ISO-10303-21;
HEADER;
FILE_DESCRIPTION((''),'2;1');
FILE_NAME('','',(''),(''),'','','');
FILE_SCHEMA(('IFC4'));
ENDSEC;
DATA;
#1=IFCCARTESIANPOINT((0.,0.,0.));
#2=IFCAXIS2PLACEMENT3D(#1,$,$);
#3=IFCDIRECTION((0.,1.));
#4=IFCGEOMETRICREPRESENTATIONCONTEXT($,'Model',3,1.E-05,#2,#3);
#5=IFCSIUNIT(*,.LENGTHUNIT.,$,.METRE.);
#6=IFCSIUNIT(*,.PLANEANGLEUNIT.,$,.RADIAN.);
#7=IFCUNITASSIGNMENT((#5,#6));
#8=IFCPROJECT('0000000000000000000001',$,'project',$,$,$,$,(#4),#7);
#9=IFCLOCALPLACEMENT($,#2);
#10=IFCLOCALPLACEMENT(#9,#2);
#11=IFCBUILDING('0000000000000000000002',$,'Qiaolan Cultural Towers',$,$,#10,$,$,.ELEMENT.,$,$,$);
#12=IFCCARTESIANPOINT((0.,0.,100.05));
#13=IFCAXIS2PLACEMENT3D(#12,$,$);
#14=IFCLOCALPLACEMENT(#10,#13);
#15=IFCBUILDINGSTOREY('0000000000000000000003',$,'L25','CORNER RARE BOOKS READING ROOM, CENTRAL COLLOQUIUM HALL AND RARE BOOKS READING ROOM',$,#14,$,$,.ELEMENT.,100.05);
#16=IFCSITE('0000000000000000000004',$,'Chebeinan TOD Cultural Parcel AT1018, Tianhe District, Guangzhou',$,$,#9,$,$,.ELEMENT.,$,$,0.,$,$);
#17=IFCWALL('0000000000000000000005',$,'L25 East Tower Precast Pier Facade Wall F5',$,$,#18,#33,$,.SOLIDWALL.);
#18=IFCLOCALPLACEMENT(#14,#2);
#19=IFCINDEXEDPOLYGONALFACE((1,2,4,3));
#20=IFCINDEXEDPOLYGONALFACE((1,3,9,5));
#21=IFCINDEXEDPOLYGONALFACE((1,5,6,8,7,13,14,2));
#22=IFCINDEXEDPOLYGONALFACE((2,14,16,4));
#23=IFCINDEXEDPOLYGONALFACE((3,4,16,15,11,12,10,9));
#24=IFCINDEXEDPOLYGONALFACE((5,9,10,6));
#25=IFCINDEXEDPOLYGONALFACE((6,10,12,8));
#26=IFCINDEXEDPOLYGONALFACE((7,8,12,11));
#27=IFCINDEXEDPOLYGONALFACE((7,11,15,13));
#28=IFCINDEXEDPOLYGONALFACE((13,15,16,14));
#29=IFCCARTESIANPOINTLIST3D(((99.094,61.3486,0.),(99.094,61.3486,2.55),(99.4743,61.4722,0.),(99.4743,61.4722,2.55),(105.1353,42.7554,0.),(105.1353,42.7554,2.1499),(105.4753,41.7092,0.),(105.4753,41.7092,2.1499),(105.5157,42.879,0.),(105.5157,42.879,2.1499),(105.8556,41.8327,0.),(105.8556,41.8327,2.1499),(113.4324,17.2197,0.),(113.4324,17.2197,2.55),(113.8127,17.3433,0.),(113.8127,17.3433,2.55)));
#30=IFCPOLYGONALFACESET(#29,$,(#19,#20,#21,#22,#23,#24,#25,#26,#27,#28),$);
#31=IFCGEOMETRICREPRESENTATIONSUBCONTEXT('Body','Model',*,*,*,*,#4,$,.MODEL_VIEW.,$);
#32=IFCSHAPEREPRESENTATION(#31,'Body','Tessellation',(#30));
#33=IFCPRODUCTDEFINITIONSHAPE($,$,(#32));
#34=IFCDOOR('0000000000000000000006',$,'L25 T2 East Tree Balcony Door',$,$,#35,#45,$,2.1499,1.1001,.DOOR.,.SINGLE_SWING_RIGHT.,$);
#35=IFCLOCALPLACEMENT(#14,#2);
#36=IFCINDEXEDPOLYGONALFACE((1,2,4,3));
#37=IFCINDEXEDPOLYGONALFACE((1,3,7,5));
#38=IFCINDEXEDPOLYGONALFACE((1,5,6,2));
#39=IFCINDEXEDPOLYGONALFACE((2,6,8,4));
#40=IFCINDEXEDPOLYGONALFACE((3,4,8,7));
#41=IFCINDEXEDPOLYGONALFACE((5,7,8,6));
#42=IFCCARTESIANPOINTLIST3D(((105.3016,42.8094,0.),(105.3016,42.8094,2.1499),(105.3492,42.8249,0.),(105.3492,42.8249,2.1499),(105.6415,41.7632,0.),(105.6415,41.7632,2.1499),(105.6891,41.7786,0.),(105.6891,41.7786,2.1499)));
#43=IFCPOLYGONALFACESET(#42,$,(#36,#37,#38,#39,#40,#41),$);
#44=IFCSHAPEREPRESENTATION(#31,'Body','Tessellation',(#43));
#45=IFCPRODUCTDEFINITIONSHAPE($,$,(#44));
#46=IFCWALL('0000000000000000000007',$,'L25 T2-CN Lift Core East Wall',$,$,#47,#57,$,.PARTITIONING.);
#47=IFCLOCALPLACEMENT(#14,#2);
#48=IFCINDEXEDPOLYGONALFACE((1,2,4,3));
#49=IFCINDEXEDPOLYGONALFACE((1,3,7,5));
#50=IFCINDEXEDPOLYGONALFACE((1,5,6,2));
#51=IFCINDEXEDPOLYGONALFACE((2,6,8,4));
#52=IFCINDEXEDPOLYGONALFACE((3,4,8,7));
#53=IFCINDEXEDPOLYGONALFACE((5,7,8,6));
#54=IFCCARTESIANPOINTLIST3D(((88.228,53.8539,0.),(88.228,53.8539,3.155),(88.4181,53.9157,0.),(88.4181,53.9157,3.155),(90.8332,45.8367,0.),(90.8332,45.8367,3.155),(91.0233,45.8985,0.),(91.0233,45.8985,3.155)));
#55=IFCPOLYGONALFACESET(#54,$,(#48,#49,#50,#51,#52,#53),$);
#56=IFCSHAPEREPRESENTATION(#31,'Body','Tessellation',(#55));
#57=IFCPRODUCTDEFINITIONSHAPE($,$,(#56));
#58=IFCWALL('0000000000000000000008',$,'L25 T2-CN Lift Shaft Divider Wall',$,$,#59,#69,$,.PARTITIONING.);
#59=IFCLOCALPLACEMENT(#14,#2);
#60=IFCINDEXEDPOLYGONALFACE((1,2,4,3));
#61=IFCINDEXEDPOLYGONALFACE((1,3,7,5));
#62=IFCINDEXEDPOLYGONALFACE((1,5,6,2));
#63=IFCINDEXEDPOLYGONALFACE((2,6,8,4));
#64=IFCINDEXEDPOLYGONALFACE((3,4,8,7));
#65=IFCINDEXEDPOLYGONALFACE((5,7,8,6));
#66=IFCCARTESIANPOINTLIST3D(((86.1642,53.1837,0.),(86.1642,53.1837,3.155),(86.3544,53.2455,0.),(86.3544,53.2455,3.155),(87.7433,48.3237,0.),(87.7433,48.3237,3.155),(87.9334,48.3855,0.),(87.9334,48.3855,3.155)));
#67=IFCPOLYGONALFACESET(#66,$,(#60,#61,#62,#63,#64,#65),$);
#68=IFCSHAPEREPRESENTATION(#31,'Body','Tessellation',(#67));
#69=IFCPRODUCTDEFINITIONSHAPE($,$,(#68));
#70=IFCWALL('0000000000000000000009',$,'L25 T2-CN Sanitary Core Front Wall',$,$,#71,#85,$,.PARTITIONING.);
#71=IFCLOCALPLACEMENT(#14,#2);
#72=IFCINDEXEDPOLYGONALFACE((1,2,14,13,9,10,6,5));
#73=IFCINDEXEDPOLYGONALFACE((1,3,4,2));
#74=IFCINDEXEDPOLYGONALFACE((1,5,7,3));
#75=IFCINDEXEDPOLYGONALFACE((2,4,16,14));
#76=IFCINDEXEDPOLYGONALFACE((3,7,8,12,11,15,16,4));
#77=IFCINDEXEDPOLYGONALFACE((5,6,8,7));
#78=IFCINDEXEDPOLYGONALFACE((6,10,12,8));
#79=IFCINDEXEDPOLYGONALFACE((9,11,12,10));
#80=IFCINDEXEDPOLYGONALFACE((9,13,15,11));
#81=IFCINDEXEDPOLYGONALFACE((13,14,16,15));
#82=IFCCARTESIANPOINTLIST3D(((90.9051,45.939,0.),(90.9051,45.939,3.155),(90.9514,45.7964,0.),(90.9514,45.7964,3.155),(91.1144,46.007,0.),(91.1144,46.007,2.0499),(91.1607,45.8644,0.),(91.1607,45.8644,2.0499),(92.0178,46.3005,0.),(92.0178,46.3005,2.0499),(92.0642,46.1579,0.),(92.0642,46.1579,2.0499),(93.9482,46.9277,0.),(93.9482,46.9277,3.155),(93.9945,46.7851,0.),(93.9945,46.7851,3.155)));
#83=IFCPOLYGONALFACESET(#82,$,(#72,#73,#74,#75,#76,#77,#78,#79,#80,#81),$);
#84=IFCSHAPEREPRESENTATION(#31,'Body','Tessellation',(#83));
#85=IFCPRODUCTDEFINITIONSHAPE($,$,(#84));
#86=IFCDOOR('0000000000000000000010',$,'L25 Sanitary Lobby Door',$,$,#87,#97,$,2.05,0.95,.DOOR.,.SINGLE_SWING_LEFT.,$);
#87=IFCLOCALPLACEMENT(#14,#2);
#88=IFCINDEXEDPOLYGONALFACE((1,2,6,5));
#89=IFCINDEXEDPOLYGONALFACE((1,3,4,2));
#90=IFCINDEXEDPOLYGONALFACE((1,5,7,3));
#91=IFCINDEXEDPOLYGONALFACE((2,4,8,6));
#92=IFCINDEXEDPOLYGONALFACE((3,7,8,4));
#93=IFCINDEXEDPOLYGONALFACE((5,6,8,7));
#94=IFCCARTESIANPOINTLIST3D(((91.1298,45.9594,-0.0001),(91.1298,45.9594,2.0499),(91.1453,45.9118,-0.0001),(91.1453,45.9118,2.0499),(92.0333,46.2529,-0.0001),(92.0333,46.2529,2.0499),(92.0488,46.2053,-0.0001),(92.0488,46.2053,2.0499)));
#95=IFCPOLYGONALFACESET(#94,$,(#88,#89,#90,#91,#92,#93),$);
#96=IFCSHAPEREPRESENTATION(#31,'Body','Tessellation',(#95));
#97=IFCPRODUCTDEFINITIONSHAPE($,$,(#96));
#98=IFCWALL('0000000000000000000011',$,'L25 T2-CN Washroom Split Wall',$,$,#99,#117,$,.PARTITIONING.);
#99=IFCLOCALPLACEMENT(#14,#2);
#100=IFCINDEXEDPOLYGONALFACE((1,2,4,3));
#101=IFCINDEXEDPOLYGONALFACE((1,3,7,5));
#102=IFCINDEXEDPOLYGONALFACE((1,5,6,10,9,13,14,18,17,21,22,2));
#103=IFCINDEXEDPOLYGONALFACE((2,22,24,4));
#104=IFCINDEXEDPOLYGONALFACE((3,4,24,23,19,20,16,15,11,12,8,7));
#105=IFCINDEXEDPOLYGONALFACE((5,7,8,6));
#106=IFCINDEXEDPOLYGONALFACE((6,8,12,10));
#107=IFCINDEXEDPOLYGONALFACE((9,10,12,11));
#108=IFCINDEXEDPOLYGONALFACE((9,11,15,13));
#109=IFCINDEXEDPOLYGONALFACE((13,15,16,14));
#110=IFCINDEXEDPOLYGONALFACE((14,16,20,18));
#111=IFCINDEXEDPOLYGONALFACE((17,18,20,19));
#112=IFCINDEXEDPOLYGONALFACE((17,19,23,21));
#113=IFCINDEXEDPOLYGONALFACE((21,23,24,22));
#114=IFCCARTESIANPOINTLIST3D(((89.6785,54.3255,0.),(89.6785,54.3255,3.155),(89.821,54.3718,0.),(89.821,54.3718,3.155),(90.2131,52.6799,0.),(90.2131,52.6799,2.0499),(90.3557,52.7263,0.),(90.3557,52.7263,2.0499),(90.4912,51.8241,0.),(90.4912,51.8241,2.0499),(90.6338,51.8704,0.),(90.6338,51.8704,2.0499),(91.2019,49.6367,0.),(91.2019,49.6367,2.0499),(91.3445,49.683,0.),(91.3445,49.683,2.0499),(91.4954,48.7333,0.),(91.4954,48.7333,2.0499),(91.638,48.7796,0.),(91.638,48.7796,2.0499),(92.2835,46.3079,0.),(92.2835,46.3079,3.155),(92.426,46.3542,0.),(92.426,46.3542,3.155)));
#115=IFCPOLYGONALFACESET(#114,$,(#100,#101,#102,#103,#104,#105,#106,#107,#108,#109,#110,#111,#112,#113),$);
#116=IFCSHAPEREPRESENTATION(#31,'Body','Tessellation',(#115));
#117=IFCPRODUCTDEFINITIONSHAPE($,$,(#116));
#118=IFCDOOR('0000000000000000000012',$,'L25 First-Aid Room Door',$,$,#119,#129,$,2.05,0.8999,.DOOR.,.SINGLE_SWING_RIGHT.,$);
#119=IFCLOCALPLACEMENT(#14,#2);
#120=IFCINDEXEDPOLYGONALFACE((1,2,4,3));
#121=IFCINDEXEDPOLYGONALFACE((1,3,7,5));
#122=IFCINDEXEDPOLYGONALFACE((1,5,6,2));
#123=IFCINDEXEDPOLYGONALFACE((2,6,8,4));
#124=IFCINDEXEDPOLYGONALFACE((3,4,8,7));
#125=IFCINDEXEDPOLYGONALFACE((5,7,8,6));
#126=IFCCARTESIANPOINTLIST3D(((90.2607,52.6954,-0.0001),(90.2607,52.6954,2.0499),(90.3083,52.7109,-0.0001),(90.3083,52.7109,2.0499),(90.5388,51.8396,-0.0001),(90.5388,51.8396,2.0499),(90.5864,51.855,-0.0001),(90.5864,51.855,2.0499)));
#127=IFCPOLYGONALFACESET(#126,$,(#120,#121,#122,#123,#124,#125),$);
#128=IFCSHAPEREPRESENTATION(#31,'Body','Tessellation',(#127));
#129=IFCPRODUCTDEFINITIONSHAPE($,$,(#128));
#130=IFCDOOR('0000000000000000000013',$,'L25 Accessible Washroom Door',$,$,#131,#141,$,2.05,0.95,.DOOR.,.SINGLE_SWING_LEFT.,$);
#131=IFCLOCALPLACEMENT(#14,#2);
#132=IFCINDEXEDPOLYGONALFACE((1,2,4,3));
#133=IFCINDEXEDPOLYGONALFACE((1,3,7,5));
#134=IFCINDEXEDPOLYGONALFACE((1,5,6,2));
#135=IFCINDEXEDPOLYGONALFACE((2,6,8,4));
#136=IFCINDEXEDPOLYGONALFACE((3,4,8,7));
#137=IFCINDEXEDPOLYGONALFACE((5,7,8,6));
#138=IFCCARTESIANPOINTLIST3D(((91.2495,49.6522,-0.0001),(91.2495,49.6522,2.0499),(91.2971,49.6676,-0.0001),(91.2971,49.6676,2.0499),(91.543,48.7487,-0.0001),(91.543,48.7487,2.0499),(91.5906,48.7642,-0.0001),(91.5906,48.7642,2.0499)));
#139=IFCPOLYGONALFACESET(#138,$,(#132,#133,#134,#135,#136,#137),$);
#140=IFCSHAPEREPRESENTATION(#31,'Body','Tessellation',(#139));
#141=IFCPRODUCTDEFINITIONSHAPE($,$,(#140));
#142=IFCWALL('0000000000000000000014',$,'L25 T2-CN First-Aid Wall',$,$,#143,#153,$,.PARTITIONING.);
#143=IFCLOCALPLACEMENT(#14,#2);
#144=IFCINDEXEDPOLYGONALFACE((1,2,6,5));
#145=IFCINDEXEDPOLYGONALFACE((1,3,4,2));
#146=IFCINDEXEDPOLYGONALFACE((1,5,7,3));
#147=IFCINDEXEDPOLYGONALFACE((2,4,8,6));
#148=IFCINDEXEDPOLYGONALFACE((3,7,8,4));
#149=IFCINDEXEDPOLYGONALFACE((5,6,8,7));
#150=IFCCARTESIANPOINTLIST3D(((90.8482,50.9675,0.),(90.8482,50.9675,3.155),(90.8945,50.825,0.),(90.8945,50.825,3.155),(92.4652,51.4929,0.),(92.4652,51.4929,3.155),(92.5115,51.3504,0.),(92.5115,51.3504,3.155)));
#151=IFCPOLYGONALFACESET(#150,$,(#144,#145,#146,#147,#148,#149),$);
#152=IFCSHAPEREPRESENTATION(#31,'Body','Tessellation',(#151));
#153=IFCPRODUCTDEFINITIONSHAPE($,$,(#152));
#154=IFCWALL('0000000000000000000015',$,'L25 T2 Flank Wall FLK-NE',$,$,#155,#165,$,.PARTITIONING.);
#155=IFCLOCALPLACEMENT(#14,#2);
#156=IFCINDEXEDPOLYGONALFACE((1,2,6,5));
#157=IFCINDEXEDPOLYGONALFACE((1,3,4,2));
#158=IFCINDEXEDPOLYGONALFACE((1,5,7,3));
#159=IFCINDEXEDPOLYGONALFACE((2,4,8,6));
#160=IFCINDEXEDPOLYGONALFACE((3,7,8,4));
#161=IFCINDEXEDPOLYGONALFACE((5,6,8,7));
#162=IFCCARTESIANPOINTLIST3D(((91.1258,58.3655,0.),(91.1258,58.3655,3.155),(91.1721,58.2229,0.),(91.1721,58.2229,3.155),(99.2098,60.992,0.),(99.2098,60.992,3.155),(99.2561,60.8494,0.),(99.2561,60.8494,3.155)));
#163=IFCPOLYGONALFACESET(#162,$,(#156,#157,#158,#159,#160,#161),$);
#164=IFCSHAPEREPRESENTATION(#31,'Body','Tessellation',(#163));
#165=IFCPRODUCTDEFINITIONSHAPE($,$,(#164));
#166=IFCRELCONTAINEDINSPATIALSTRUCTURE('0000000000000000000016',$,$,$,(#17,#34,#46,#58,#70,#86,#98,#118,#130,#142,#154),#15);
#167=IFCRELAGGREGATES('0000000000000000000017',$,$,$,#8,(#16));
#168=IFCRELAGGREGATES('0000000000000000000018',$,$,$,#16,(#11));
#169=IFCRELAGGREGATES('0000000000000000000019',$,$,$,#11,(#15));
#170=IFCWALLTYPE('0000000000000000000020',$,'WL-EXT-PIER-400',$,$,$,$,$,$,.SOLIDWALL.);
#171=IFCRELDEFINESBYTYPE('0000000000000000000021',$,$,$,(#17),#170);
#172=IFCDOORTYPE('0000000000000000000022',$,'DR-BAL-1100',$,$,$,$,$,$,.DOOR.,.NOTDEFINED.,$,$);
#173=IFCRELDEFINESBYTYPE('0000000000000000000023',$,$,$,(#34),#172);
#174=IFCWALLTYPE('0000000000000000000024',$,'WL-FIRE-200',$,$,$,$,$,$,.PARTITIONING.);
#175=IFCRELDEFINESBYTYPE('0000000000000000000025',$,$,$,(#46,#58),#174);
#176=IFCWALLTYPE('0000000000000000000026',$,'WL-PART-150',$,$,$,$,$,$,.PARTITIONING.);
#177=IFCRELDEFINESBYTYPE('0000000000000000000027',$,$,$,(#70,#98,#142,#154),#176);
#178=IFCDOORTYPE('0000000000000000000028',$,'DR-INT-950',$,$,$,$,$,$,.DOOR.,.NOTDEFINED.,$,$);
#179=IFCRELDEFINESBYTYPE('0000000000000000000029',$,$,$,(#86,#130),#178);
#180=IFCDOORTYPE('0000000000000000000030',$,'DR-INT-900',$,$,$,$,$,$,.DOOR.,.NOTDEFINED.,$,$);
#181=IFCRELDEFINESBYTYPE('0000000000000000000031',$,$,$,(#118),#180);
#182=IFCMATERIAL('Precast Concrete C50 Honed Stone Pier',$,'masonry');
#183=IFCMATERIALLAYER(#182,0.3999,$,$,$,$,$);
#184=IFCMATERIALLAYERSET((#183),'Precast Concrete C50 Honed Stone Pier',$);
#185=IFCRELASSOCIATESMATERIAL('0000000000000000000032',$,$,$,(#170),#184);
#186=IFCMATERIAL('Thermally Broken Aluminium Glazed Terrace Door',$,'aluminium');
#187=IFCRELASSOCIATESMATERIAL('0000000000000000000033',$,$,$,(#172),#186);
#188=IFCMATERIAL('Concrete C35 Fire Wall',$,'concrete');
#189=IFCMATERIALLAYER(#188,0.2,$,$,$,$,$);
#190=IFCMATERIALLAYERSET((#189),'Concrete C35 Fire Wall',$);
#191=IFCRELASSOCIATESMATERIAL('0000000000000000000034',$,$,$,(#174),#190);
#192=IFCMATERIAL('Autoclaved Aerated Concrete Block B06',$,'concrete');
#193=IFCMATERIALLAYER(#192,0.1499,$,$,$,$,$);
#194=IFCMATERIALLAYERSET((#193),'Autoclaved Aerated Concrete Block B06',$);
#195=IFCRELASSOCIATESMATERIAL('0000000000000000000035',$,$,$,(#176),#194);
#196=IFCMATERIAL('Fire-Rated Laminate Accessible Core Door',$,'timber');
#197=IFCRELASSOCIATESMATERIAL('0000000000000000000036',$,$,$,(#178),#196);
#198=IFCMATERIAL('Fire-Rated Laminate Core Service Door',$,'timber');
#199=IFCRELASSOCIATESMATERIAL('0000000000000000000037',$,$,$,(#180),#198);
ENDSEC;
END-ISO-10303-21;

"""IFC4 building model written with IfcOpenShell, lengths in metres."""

from ifc_helpers import new_model, si_unit, direction, frame, frame_2d, origin, place, context, subcontext, project, spatial, rectangle, extrude, material, layer, layer_set, type_object, element, fill, save


model = new_model("IFC4")

# Units and contexts
model_context = context("Model", 3, precision=1e-05, world=origin(), true_north=direction((0.0, 1.0)))
body_context = subcontext(model_context, "Body", "Model", "MODEL_VIEW")
ifc_project = project(units=[si_unit("LENGTHUNIT", "METRE"), si_unit("PLANEANGLEUNIT", "RADIAN")], contexts=[model_context])

# Site, building, storey
site_placement = place(None, origin())
site = spatial("IfcSite", under=ifc_project, at=site_placement, Name="Chebeinan TOD Cultural Parcel AT1018, Tianhe District, Guangzhou", CompositionType="ELEMENT", RefElevation=0.0)
building_placement = place(site_placement, origin())
building = spatial("IfcBuilding", under=site, at=building_placement, Name="Qiaolan Cultural Towers", CompositionType="ELEMENT")
storey_placement = place(building_placement, frame((0.0, 0.0, 100.05)))
storey = spatial("IfcBuildingStorey", under=building, at=storey_placement, Name="L25", Description="CORNER RARE BOOKS READING ROOM, CENTRAL COLLOQUIUM HALL AND RARE BOOKS READING ROOM", CompositionType="ELEMENT", Elevation=100.05)

# Shared definitions
ifc_material_1 = material(Name="Precast Concrete C50 Honed Stone Pier", Category="masonry")
ifc_layer_1 = layer(ifc_material_1, 0.3999)
ifc_layer_set_1 = layer_set([ifc_layer_1], Name="Precast Concrete C50 Honed Stone Pier")
wall_type_1 = type_object("IfcWallType", Name="WL-EXT-PIER-400", PredefinedType="SOLIDWALL", material=ifc_layer_set_1)

# Wall, opening, door
wall_1_placement = place(storey_placement, frame((99.2842, 61.4104, 0.0), z_axis=(0.0, 0.0, 1.0), x_axis=(0.309018, -0.951056, 0.0)))
wall_1 = element("IfcWall", 1, at=wall_1_placement, inside=storey, type_object=wall_type_1, Name="L25 East Tower Precast Pier Facade Wall F5", PredefinedType="SOLIDWALL", context=body_context, shape_type="SweptSolid", body=[
    extrude(rectangle(XDim=46.3999, YDim=0.3999, at=frame_2d((23.2, 0.0))), origin(), (0.0, 0.0, 1.0), 2.55),
])
opening_1_placement = place(wall_1_placement, frame((19.55, 0.0, 0.0)))
opening_1 = element("IfcOpeningElement", 2, at=opening_1_placement, cuts=wall_1, PredefinedType="OPENING", context=body_context, shape_type="SweptSolid", body=[
    extrude(rectangle(XDim=1.1001, YDim=2.1499, at=frame_2d((0.55, 1.075))), frame((0.0, 0.21, 0.0), z_axis=(0.0, -1.0, 0.0), x_axis=(1.0, 0.0, 0.0)), (0.0, 0.0, 1.0), 0.4199),
])
ifc_material_2 = material(Name="Thermally Broken Aluminium Glazed Terrace Door", Category="aluminium")
door_type_1 = type_object("IfcDoorType", Name="DR-BAL-1100", OperationType="NOTDEFINED", PredefinedType="DOOR", material=ifc_material_2)
door_1_placement = place(opening_1_placement, origin())
door_1 = element("IfcDoor", 3, at=door_1_placement, inside=storey, type_object=door_type_1, Name="L25 T2 East Tree Balcony Door", OperationType="SINGLE_SWING_RIGHT", OverallHeight=2.1499, OverallWidth=1.1001, PredefinedType="DOOR", context=body_context, shape_type="SweptSolid", body=[
    extrude(rectangle(XDim=1.1001, YDim=2.1499, at=frame_2d((0.55, 1.075))), frame((0.0, 0.0249, 0.0), z_axis=(0.0, -1.0, 0.0), x_axis=(1.0, 0.0, 0.0)), (0.0, 0.0, 1.0), 0.05),
])
fill(opening_1, door_1)

# Walls
ifc_material_3 = material(Name="Concrete C35 Fire Wall", Category="concrete")
ifc_layer_2 = layer(ifc_material_3, 0.2)
ifc_layer_set_2 = layer_set([ifc_layer_2], Name="Concrete C35 Fire Wall")
wall_type_2 = type_object("IfcWallType", Name="WL-FIRE-200", PredefinedType="PARTITIONING", material=ifc_layer_set_2)
wall_2_placement = place(storey_placement, frame((90.9282, 45.8677, 0.0), z_axis=(0.0, 0.0, 1.0), x_axis=(-0.309042, 0.951048, 0.0)))
element("IfcWall", 4, at=wall_2_placement, inside=storey, type_object=wall_type_2, Name="L25 T2-CN Lift Core East Wall", PredefinedType="PARTITIONING", context=body_context, shape_type="SweptSolid", body=[
    extrude(rectangle(XDim=8.4299, YDim=0.2, at=frame_2d((4.2148, 0.0))), origin(), (0.0, 0.0, 1.0), 3.155),
])
wall_3_placement = place(storey_placement, frame((87.8384, 48.3545, 0.0), z_axis=(0.0, 0.0, 1.0), x_axis=(-0.309009, 0.951059, 0.0)))
element("IfcWall", 5, at=wall_3_placement, inside=storey, type_object=wall_type_2, Name="L25 T2-CN Lift Shaft Divider Wall", PredefinedType="PARTITIONING", context=body_context, shape_type="SweptSolid", body=[
    extrude(rectangle(XDim=5.1101, YDim=0.2, at=frame_2d((2.5552, 0.0))), origin(), (0.0, 0.0, 1.0), 3.155),
])

# Wall, opening, door
ifc_material_4 = material(Name="Autoclaved Aerated Concrete Block B06", Category="concrete")
ifc_layer_3 = layer(ifc_material_4, 0.1499)
ifc_layer_set_3 = layer_set([ifc_layer_3], Name="Autoclaved Aerated Concrete Block B06")
wall_type_3 = type_object("IfcWallType", Name="WL-PART-150", PredefinedType="PARTITIONING", material=ifc_layer_set_3)
wall_4_placement = place(storey_placement, frame((90.9282, 45.8677, 0.0), z_axis=(0.0, 0.0, 1.0), x_axis=(0.951059, 0.309008, 0.0)))
wall_4 = element("IfcWall", 6, at=wall_4_placement, inside=storey, type_object=wall_type_3, Name="L25 T2-CN Sanitary Core Front Wall", PredefinedType="PARTITIONING", context=body_context, shape_type="SweptSolid", body=[
    extrude(rectangle(XDim=3.1997, YDim=0.1499, at=frame_2d((1.5999, 0.0))), origin(), (0.0, 0.0, 1.0), 3.155),
])
opening_2_placement = place(wall_4_placement, frame((0.22, 0.0, 0.0)))
opening_2 = element("IfcOpeningElement", 7, at=opening_2_placement, cuts=wall_4, PredefinedType="OPENING", context=body_context, shape_type="SweptSolid", body=[
    extrude(rectangle(XDim=0.95, YDim=2.05, at=frame_2d((0.4751, 1.0249))), frame((0.0, 0.085, 0.0), z_axis=(0.0, -1.0, 0.0), x_axis=(1.0, 0.0, 0.0)), (0.0, 0.0, 1.0), 0.1699),
])
ifc_material_5 = material(Name="Fire-Rated Laminate Accessible Core Door", Category="timber")
door_type_2 = type_object("IfcDoorType", Name="DR-INT-950", OperationType="NOTDEFINED", PredefinedType="DOOR", material=ifc_material_5)
door_2_placement = place(opening_2_placement, origin())
door_2 = element("IfcDoor", 8, at=door_2_placement, inside=storey, type_object=door_type_2, Name="L25 Sanitary Lobby Door", OperationType="SINGLE_SWING_LEFT", OverallHeight=2.05, OverallWidth=0.95, PredefinedType="DOOR", context=body_context, shape_type="SweptSolid", body=[
    extrude(rectangle(XDim=0.95, YDim=2.05, at=frame_2d((0.4751, 1.0249))), frame((0.0, 0.0249, 0.0), z_axis=(0.0, -1.0, 0.0), x_axis=(1.0, 0.0, 0.0)), (0.0, 0.0, 1.0), 0.05),
])
fill(opening_2, door_2)

# Wall, openings, doors
wall_5_placement = place(storey_placement, frame((92.3547, 46.3311, 0.0), z_axis=(0.0, 0.0, 1.0), x_axis=(-0.309007, 0.95106, 0.0)))
wall_5 = element("IfcWall", 9, at=wall_5_placement, inside=storey, type_object=wall_type_3, Name="L25 T2-CN Washroom Split Wall", PredefinedType="PARTITIONING", context=body_context, shape_type="SweptSolid", body=[
    extrude(rectangle(XDim=8.4302, YDim=0.1499, at=frame_2d((4.2151, 0.0))), origin(), (0.0, 0.0, 1.0), 3.155),
])
opening_3_placement = place(wall_5_placement, frame((2.55, 0.0, 0.0)))
opening_3 = element("IfcOpeningElement", 10, at=opening_3_placement, cuts=wall_5, PredefinedType="OPENING", context=body_context, shape_type="SweptSolid", body=[
    extrude(rectangle(XDim=0.95, YDim=2.05, at=frame_2d((0.4751, 1.0249))), frame((0.0, 0.085, 0.0), z_axis=(0.0, -1.0, 0.0), x_axis=(1.0, 0.0, 0.0)), (0.0, 0.0, 1.0), 0.1699),
])
opening_4_placement = place(wall_5_placement, frame((5.8, 0.0, 0.0)))
opening_4 = element("IfcOpeningElement", 11, at=opening_4_placement, cuts=wall_5, PredefinedType="OPENING", context=body_context, shape_type="SweptSolid", body=[
    extrude(rectangle(XDim=0.8999, YDim=2.05, at=frame_2d((0.45, 1.0249))), frame((0.0, 0.085, 0.0), z_axis=(0.0, -1.0, 0.0), x_axis=(1.0, 0.0, 0.0)), (0.0, 0.0, 1.0), 0.1699),
])
ifc_material_6 = material(Name="Fire-Rated Laminate Core Service Door", Category="timber")
door_type_3 = type_object("IfcDoorType", Name="DR-INT-900", OperationType="NOTDEFINED", PredefinedType="DOOR", material=ifc_material_6)
door_3_placement = place(opening_4_placement, origin())
door_3 = element("IfcDoor", 12, at=door_3_placement, inside=storey, type_object=door_type_3, Name="L25 First-Aid Room Door", OperationType="SINGLE_SWING_RIGHT", OverallHeight=2.05, OverallWidth=0.8999, PredefinedType="DOOR", context=body_context, shape_type="SweptSolid", body=[
    extrude(rectangle(XDim=0.8999, YDim=2.05, at=frame_2d((0.45, 1.0249))), frame((0.0, 0.0249, 0.0), z_axis=(0.0, -1.0, 0.0), x_axis=(1.0, 0.0, 0.0)), (0.0, 0.0, 1.0), 0.05),
])
fill(opening_4, door_3)
door_4_placement = place(opening_3_placement, origin())
door_4 = element("IfcDoor", 13, at=door_4_placement, inside=storey, type_object=door_type_2, Name="L25 Accessible Washroom Door", OperationType="SINGLE_SWING_LEFT", OverallHeight=2.05, OverallWidth=0.95, PredefinedType="DOOR", context=body_context, shape_type="SweptSolid", body=[
    extrude(rectangle(XDim=0.95, YDim=2.05, at=frame_2d((0.4751, 1.0249))), frame((0.0, 0.0249, 0.0), z_axis=(0.0, -1.0, 0.0), x_axis=(1.0, 0.0, 0.0)), (0.0, 0.0, 1.0), 0.05),
])
fill(opening_3, door_4)

# Walls
wall_6_placement = place(storey_placement, frame((90.8713, 50.8962, 0.0), z_axis=(0.0, 0.0, 1.0), x_axis=(0.951054, 0.309024, 0.0)))
element("IfcWall", 14, at=wall_6_placement, inside=storey, type_object=wall_type_3, Name="L25 T2-CN First-Aid Wall", PredefinedType="PARTITIONING", context=body_context, shape_type="SweptSolid", body=[
    extrude(rectangle(XDim=1.7002, YDim=0.1499, at=frame_2d((0.8501, 0.0))), origin(), (0.0, 0.0, 1.0), 3.155),
])
wall_7_placement = place(storey_placement, frame((91.1489, 58.2942, 0.0), z_axis=(0.0, 0.0, 1.0), x_axis=(0.951063, 0.308998, 0.0)))
element("IfcWall", 15, at=wall_7_placement, inside=storey, type_object=wall_type_3, Name="L25 T2 Flank Wall FLK-NE", PredefinedType="PARTITIONING", context=body_context, shape_type="SweptSolid", body=[
    extrude(rectangle(XDim=8.5, YDim=0.1499, at=frame_2d((4.25, 0.0))), origin(), (0.0, 0.0, 1.0), 3.155),
])

save(model, "model.ifc")
